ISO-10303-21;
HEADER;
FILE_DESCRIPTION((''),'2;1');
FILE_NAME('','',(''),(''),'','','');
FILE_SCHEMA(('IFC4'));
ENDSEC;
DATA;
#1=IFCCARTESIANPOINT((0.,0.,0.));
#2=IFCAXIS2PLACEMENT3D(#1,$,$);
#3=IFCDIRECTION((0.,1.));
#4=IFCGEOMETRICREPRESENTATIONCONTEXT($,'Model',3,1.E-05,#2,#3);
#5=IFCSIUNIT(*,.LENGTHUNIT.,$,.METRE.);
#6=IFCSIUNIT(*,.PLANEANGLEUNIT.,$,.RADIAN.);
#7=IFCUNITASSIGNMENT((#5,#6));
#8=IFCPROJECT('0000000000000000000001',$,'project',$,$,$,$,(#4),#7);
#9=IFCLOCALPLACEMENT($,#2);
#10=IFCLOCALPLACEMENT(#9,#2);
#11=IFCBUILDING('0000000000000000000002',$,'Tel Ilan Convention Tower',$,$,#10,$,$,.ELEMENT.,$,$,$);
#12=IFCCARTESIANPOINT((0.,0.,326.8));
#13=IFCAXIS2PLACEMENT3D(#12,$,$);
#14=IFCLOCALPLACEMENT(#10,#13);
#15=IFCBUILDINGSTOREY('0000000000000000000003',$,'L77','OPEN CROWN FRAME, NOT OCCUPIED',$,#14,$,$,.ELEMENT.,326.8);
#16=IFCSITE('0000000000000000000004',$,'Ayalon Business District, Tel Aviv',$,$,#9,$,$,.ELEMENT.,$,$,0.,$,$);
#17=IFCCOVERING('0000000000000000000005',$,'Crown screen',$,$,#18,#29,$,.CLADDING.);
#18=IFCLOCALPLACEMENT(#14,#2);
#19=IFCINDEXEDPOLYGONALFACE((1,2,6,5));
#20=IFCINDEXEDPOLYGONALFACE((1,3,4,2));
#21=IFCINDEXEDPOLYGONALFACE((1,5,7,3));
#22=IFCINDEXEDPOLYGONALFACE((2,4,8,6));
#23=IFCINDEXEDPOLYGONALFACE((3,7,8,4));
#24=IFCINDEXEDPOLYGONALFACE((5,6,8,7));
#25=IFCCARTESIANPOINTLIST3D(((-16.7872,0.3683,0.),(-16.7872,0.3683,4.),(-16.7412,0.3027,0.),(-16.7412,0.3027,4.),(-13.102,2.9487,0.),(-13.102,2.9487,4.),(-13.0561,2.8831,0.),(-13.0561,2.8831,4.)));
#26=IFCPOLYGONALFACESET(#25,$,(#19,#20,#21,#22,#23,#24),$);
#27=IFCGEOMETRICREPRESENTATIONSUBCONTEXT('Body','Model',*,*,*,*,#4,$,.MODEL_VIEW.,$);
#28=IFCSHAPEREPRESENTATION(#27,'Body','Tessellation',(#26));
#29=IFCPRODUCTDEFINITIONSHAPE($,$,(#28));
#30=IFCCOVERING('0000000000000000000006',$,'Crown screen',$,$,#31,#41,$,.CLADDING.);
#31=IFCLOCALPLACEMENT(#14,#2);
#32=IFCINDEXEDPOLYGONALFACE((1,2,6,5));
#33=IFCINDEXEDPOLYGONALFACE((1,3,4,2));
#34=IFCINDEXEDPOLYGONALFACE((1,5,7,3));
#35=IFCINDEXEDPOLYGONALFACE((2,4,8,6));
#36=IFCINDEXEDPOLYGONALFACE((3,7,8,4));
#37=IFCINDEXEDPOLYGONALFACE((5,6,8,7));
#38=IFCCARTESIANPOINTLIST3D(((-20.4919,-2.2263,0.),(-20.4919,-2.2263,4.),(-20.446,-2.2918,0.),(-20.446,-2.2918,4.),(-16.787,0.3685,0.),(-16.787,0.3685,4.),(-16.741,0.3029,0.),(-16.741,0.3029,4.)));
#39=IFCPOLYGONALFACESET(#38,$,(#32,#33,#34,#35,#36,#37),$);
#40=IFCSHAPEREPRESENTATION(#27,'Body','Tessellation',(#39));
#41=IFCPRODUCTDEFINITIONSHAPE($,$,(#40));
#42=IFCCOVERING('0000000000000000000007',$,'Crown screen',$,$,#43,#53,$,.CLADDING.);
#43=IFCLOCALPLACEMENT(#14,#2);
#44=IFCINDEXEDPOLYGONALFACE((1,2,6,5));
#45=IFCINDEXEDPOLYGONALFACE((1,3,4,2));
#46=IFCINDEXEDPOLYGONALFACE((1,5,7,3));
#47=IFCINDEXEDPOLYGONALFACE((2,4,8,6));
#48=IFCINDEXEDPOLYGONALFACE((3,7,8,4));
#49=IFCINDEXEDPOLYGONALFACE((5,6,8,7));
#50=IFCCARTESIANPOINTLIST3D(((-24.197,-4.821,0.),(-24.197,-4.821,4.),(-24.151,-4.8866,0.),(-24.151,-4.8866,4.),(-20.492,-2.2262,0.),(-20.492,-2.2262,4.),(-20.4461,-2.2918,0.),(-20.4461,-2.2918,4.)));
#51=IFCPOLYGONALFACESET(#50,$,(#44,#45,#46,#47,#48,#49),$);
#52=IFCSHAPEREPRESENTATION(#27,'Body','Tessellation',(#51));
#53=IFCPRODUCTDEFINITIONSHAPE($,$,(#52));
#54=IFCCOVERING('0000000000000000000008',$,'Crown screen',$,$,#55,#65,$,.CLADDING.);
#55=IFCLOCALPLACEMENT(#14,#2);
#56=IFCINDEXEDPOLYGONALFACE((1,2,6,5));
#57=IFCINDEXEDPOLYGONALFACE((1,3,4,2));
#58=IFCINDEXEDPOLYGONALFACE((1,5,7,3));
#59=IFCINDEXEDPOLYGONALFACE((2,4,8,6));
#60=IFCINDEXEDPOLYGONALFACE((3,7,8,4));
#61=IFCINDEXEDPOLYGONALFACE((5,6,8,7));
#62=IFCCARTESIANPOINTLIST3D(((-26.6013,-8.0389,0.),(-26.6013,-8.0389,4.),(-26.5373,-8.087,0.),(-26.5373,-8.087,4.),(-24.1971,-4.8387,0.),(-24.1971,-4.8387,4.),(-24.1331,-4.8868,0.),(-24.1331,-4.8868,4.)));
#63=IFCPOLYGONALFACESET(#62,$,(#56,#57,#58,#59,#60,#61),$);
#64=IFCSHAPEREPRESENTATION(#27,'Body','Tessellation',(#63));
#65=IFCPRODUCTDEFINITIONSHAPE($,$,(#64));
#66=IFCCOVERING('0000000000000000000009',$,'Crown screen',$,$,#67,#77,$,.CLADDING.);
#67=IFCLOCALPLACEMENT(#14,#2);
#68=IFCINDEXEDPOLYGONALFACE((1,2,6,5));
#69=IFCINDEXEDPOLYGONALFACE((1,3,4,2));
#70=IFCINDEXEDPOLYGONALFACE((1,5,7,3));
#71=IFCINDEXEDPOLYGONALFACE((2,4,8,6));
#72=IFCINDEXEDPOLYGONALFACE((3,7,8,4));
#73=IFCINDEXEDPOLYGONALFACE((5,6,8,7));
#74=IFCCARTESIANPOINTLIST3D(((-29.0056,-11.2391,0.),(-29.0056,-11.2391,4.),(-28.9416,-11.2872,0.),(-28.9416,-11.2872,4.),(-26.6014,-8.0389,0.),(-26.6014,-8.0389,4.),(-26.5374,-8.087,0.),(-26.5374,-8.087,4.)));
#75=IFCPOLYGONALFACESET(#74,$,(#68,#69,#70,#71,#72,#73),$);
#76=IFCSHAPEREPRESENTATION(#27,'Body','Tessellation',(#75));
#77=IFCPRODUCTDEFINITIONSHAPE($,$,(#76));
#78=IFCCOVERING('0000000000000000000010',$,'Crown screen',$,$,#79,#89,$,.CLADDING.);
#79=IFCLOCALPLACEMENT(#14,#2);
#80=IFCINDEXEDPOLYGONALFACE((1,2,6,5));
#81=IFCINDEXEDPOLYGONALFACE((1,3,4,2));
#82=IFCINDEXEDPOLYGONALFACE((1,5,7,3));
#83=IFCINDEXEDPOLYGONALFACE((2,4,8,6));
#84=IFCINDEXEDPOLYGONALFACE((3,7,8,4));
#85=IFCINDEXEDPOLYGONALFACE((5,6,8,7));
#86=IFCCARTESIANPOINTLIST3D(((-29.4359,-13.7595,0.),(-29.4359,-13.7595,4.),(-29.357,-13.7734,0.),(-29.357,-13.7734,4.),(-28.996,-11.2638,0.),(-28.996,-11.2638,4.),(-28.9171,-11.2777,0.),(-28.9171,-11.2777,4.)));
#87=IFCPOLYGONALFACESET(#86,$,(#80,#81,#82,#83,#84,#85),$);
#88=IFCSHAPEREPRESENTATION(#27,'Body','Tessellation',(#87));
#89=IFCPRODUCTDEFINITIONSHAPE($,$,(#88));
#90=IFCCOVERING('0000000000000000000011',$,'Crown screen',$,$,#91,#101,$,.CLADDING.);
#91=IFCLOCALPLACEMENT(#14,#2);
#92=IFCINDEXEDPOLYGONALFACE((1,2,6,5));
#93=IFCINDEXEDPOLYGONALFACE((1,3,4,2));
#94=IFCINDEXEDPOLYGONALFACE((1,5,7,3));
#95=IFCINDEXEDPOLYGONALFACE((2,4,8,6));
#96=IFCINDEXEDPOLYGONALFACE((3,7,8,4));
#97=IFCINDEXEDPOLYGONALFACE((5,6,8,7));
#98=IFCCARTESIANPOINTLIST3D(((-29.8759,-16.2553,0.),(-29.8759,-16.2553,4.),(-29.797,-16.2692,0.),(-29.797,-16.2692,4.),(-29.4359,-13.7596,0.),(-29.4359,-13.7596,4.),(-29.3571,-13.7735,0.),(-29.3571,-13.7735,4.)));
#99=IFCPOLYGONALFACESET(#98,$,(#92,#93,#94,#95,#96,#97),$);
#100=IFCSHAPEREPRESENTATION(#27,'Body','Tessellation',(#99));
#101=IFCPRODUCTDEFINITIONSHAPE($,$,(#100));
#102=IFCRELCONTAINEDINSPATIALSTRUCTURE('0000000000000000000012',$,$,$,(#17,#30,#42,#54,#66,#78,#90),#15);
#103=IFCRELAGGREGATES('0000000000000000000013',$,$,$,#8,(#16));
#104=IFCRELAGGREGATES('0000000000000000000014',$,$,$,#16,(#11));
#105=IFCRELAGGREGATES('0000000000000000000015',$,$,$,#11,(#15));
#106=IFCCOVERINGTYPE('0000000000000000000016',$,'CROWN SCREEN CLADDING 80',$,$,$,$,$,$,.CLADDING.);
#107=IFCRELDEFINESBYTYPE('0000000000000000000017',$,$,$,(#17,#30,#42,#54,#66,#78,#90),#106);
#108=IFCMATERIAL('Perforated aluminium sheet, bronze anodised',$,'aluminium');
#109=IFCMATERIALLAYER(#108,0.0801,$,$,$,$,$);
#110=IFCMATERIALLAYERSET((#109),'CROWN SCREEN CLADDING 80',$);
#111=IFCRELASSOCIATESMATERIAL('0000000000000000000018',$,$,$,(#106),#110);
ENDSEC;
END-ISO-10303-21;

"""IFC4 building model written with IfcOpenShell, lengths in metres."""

from ifc_helpers import new_model, si_unit, direction, frame, origin, origin_2d, place, context, subcontext, project, spatial, rectangle, extrude, material, layer, layer_set, type_object, element, save


model = new_model("IFC4")

# Units and contexts
model_context = context("Model", 3, precision=1e-05, world=origin(), true_north=direction((0.0, 1.0)))
body_context = subcontext(model_context, "Body", "Model", "MODEL_VIEW")
ifc_project = project(units=[si_unit("LENGTHUNIT", "METRE"), si_unit("PLANEANGLEUNIT", "RADIAN")], contexts=[model_context])

# Site, building, storey
site_placement = place(None, origin())
site = spatial("IfcSite", under=ifc_project, at=site_placement, Name="Ayalon Business District, Tel Aviv", CompositionType="ELEMENT", RefElevation=0.0)
building_placement = place(site_placement, origin())
building = spatial("IfcBuilding", under=site, at=building_placement, Name="Tel Ilan Convention Tower", CompositionType="ELEMENT")
storey_placement = place(building_placement, frame((0.0, 0.0, 326.8)))
storey = spatial("IfcBuildingStorey", under=building, at=storey_placement, Name="L77", Description="OPEN CROWN FRAME, NOT OCCUPIED", CompositionType="ELEMENT", Elevation=326.8)

# Coverings
ifc_material_1 = material(Name="Perforated aluminium sheet, bronze anodised", Category="aluminium")
ifc_layer = layer(ifc_material_1, 0.0801)
ifc_layer_set = layer_set([ifc_layer], Name="CROWN SCREEN CLADDING 80")
covering_type = type_object("IfcCoveringType", Name="CROWN SCREEN CLADDING 80", PredefinedType="CLADDING", material=ifc_layer_set)
for number, where, z_axis, x_axis, name in (
    (1, (-14.9216, 1.6257, 0.0), (0.0, 0.0, 1.0), (-0.819148, -0.573582, 0.0), "Crown screen"),
):
    element("IfcCovering", number, at=place(storey_placement, frame(where, z_axis=z_axis, x_axis=x_axis)), inside=storey, type_object=covering_type, Name=name, PredefinedType="CLADDING", context=body_context, shape_type="SweptSolid", body=[
        extrude(rectangle(XDim=4.4988, YDim=0.0801, at=origin_2d()), origin(), (0.0, 0.0, 1.0), 4.0),
    ])
for number, where, z_axis, x_axis, name in (
    (2, (-18.6165, -0.9617, 0.0), (0.0, 0.0, 1.0), (-0.819096, -0.573656, 0.0), "Crown screen"),
    (3, (-22.3215, -3.5564, 0.0), (0.0, 0.0, 1.0), (-0.819096, -0.573656, 0.0), "Crown screen"),
):
    element("IfcCovering", number, at=place(storey_placement, frame(where, z_axis=z_axis, x_axis=x_axis)), inside=storey, type_object=covering_type, Name=name, PredefinedType="CLADDING", context=body_context, shape_type="SweptSolid", body=[
        extrude(rectangle(XDim=4.5232, YDim=0.0801, at=origin_2d()), origin(), (0.0, 0.0, 1.0), 4.0),
    ])
for number, where, z_axis, x_axis, name in (
    (4, (-25.3672, -6.4629, 0.0), (0.0, 0.0, 1.0), (-0.600649, -0.799513, 0.0), "Crown screen"),
    (5, (-27.7715, -9.6631, 0.0), (0.0, 0.0, 1.0), (-0.600649, -0.799513, 0.0), "Crown screen"),
):
    element("IfcCovering", number, at=place(storey_placement, frame(where, z_axis=z_axis, x_axis=x_axis)), inside=storey, type_object=covering_type, Name=name, PredefinedType="CLADDING", context=body_context, shape_type="SweptSolid", body=[
        extrude(rectangle(XDim=4.0027, YDim=0.0801, at=origin_2d()), origin(), (0.0, 0.0, 1.0), 4.0),
    ])
for number, where, z_axis, x_axis, name in (
    (6, (-29.1765, -12.5186, 0.0), (0.0, 0.0, 1.0), (-0.173598, -0.984817, 0.0), "Crown screen"),
    (7, (-29.6165, -15.0144, 0.0), (0.0, 0.0, 1.0), (-0.173598, -0.984817, 0.0), "Crown screen"),
):
    element("IfcCovering", number, at=place(storey_placement, frame(where, z_axis=z_axis, x_axis=x_axis)), inside=storey, type_object=covering_type, Name=name, PredefinedType="CLADDING", context=body_context, shape_type="SweptSolid", body=[
        extrude(rectangle(XDim=2.5342, YDim=0.0801, at=origin_2d()), origin(), (0.0, 0.0, 1.0), 4.0),
    ])

save(model, "model.ifc")
